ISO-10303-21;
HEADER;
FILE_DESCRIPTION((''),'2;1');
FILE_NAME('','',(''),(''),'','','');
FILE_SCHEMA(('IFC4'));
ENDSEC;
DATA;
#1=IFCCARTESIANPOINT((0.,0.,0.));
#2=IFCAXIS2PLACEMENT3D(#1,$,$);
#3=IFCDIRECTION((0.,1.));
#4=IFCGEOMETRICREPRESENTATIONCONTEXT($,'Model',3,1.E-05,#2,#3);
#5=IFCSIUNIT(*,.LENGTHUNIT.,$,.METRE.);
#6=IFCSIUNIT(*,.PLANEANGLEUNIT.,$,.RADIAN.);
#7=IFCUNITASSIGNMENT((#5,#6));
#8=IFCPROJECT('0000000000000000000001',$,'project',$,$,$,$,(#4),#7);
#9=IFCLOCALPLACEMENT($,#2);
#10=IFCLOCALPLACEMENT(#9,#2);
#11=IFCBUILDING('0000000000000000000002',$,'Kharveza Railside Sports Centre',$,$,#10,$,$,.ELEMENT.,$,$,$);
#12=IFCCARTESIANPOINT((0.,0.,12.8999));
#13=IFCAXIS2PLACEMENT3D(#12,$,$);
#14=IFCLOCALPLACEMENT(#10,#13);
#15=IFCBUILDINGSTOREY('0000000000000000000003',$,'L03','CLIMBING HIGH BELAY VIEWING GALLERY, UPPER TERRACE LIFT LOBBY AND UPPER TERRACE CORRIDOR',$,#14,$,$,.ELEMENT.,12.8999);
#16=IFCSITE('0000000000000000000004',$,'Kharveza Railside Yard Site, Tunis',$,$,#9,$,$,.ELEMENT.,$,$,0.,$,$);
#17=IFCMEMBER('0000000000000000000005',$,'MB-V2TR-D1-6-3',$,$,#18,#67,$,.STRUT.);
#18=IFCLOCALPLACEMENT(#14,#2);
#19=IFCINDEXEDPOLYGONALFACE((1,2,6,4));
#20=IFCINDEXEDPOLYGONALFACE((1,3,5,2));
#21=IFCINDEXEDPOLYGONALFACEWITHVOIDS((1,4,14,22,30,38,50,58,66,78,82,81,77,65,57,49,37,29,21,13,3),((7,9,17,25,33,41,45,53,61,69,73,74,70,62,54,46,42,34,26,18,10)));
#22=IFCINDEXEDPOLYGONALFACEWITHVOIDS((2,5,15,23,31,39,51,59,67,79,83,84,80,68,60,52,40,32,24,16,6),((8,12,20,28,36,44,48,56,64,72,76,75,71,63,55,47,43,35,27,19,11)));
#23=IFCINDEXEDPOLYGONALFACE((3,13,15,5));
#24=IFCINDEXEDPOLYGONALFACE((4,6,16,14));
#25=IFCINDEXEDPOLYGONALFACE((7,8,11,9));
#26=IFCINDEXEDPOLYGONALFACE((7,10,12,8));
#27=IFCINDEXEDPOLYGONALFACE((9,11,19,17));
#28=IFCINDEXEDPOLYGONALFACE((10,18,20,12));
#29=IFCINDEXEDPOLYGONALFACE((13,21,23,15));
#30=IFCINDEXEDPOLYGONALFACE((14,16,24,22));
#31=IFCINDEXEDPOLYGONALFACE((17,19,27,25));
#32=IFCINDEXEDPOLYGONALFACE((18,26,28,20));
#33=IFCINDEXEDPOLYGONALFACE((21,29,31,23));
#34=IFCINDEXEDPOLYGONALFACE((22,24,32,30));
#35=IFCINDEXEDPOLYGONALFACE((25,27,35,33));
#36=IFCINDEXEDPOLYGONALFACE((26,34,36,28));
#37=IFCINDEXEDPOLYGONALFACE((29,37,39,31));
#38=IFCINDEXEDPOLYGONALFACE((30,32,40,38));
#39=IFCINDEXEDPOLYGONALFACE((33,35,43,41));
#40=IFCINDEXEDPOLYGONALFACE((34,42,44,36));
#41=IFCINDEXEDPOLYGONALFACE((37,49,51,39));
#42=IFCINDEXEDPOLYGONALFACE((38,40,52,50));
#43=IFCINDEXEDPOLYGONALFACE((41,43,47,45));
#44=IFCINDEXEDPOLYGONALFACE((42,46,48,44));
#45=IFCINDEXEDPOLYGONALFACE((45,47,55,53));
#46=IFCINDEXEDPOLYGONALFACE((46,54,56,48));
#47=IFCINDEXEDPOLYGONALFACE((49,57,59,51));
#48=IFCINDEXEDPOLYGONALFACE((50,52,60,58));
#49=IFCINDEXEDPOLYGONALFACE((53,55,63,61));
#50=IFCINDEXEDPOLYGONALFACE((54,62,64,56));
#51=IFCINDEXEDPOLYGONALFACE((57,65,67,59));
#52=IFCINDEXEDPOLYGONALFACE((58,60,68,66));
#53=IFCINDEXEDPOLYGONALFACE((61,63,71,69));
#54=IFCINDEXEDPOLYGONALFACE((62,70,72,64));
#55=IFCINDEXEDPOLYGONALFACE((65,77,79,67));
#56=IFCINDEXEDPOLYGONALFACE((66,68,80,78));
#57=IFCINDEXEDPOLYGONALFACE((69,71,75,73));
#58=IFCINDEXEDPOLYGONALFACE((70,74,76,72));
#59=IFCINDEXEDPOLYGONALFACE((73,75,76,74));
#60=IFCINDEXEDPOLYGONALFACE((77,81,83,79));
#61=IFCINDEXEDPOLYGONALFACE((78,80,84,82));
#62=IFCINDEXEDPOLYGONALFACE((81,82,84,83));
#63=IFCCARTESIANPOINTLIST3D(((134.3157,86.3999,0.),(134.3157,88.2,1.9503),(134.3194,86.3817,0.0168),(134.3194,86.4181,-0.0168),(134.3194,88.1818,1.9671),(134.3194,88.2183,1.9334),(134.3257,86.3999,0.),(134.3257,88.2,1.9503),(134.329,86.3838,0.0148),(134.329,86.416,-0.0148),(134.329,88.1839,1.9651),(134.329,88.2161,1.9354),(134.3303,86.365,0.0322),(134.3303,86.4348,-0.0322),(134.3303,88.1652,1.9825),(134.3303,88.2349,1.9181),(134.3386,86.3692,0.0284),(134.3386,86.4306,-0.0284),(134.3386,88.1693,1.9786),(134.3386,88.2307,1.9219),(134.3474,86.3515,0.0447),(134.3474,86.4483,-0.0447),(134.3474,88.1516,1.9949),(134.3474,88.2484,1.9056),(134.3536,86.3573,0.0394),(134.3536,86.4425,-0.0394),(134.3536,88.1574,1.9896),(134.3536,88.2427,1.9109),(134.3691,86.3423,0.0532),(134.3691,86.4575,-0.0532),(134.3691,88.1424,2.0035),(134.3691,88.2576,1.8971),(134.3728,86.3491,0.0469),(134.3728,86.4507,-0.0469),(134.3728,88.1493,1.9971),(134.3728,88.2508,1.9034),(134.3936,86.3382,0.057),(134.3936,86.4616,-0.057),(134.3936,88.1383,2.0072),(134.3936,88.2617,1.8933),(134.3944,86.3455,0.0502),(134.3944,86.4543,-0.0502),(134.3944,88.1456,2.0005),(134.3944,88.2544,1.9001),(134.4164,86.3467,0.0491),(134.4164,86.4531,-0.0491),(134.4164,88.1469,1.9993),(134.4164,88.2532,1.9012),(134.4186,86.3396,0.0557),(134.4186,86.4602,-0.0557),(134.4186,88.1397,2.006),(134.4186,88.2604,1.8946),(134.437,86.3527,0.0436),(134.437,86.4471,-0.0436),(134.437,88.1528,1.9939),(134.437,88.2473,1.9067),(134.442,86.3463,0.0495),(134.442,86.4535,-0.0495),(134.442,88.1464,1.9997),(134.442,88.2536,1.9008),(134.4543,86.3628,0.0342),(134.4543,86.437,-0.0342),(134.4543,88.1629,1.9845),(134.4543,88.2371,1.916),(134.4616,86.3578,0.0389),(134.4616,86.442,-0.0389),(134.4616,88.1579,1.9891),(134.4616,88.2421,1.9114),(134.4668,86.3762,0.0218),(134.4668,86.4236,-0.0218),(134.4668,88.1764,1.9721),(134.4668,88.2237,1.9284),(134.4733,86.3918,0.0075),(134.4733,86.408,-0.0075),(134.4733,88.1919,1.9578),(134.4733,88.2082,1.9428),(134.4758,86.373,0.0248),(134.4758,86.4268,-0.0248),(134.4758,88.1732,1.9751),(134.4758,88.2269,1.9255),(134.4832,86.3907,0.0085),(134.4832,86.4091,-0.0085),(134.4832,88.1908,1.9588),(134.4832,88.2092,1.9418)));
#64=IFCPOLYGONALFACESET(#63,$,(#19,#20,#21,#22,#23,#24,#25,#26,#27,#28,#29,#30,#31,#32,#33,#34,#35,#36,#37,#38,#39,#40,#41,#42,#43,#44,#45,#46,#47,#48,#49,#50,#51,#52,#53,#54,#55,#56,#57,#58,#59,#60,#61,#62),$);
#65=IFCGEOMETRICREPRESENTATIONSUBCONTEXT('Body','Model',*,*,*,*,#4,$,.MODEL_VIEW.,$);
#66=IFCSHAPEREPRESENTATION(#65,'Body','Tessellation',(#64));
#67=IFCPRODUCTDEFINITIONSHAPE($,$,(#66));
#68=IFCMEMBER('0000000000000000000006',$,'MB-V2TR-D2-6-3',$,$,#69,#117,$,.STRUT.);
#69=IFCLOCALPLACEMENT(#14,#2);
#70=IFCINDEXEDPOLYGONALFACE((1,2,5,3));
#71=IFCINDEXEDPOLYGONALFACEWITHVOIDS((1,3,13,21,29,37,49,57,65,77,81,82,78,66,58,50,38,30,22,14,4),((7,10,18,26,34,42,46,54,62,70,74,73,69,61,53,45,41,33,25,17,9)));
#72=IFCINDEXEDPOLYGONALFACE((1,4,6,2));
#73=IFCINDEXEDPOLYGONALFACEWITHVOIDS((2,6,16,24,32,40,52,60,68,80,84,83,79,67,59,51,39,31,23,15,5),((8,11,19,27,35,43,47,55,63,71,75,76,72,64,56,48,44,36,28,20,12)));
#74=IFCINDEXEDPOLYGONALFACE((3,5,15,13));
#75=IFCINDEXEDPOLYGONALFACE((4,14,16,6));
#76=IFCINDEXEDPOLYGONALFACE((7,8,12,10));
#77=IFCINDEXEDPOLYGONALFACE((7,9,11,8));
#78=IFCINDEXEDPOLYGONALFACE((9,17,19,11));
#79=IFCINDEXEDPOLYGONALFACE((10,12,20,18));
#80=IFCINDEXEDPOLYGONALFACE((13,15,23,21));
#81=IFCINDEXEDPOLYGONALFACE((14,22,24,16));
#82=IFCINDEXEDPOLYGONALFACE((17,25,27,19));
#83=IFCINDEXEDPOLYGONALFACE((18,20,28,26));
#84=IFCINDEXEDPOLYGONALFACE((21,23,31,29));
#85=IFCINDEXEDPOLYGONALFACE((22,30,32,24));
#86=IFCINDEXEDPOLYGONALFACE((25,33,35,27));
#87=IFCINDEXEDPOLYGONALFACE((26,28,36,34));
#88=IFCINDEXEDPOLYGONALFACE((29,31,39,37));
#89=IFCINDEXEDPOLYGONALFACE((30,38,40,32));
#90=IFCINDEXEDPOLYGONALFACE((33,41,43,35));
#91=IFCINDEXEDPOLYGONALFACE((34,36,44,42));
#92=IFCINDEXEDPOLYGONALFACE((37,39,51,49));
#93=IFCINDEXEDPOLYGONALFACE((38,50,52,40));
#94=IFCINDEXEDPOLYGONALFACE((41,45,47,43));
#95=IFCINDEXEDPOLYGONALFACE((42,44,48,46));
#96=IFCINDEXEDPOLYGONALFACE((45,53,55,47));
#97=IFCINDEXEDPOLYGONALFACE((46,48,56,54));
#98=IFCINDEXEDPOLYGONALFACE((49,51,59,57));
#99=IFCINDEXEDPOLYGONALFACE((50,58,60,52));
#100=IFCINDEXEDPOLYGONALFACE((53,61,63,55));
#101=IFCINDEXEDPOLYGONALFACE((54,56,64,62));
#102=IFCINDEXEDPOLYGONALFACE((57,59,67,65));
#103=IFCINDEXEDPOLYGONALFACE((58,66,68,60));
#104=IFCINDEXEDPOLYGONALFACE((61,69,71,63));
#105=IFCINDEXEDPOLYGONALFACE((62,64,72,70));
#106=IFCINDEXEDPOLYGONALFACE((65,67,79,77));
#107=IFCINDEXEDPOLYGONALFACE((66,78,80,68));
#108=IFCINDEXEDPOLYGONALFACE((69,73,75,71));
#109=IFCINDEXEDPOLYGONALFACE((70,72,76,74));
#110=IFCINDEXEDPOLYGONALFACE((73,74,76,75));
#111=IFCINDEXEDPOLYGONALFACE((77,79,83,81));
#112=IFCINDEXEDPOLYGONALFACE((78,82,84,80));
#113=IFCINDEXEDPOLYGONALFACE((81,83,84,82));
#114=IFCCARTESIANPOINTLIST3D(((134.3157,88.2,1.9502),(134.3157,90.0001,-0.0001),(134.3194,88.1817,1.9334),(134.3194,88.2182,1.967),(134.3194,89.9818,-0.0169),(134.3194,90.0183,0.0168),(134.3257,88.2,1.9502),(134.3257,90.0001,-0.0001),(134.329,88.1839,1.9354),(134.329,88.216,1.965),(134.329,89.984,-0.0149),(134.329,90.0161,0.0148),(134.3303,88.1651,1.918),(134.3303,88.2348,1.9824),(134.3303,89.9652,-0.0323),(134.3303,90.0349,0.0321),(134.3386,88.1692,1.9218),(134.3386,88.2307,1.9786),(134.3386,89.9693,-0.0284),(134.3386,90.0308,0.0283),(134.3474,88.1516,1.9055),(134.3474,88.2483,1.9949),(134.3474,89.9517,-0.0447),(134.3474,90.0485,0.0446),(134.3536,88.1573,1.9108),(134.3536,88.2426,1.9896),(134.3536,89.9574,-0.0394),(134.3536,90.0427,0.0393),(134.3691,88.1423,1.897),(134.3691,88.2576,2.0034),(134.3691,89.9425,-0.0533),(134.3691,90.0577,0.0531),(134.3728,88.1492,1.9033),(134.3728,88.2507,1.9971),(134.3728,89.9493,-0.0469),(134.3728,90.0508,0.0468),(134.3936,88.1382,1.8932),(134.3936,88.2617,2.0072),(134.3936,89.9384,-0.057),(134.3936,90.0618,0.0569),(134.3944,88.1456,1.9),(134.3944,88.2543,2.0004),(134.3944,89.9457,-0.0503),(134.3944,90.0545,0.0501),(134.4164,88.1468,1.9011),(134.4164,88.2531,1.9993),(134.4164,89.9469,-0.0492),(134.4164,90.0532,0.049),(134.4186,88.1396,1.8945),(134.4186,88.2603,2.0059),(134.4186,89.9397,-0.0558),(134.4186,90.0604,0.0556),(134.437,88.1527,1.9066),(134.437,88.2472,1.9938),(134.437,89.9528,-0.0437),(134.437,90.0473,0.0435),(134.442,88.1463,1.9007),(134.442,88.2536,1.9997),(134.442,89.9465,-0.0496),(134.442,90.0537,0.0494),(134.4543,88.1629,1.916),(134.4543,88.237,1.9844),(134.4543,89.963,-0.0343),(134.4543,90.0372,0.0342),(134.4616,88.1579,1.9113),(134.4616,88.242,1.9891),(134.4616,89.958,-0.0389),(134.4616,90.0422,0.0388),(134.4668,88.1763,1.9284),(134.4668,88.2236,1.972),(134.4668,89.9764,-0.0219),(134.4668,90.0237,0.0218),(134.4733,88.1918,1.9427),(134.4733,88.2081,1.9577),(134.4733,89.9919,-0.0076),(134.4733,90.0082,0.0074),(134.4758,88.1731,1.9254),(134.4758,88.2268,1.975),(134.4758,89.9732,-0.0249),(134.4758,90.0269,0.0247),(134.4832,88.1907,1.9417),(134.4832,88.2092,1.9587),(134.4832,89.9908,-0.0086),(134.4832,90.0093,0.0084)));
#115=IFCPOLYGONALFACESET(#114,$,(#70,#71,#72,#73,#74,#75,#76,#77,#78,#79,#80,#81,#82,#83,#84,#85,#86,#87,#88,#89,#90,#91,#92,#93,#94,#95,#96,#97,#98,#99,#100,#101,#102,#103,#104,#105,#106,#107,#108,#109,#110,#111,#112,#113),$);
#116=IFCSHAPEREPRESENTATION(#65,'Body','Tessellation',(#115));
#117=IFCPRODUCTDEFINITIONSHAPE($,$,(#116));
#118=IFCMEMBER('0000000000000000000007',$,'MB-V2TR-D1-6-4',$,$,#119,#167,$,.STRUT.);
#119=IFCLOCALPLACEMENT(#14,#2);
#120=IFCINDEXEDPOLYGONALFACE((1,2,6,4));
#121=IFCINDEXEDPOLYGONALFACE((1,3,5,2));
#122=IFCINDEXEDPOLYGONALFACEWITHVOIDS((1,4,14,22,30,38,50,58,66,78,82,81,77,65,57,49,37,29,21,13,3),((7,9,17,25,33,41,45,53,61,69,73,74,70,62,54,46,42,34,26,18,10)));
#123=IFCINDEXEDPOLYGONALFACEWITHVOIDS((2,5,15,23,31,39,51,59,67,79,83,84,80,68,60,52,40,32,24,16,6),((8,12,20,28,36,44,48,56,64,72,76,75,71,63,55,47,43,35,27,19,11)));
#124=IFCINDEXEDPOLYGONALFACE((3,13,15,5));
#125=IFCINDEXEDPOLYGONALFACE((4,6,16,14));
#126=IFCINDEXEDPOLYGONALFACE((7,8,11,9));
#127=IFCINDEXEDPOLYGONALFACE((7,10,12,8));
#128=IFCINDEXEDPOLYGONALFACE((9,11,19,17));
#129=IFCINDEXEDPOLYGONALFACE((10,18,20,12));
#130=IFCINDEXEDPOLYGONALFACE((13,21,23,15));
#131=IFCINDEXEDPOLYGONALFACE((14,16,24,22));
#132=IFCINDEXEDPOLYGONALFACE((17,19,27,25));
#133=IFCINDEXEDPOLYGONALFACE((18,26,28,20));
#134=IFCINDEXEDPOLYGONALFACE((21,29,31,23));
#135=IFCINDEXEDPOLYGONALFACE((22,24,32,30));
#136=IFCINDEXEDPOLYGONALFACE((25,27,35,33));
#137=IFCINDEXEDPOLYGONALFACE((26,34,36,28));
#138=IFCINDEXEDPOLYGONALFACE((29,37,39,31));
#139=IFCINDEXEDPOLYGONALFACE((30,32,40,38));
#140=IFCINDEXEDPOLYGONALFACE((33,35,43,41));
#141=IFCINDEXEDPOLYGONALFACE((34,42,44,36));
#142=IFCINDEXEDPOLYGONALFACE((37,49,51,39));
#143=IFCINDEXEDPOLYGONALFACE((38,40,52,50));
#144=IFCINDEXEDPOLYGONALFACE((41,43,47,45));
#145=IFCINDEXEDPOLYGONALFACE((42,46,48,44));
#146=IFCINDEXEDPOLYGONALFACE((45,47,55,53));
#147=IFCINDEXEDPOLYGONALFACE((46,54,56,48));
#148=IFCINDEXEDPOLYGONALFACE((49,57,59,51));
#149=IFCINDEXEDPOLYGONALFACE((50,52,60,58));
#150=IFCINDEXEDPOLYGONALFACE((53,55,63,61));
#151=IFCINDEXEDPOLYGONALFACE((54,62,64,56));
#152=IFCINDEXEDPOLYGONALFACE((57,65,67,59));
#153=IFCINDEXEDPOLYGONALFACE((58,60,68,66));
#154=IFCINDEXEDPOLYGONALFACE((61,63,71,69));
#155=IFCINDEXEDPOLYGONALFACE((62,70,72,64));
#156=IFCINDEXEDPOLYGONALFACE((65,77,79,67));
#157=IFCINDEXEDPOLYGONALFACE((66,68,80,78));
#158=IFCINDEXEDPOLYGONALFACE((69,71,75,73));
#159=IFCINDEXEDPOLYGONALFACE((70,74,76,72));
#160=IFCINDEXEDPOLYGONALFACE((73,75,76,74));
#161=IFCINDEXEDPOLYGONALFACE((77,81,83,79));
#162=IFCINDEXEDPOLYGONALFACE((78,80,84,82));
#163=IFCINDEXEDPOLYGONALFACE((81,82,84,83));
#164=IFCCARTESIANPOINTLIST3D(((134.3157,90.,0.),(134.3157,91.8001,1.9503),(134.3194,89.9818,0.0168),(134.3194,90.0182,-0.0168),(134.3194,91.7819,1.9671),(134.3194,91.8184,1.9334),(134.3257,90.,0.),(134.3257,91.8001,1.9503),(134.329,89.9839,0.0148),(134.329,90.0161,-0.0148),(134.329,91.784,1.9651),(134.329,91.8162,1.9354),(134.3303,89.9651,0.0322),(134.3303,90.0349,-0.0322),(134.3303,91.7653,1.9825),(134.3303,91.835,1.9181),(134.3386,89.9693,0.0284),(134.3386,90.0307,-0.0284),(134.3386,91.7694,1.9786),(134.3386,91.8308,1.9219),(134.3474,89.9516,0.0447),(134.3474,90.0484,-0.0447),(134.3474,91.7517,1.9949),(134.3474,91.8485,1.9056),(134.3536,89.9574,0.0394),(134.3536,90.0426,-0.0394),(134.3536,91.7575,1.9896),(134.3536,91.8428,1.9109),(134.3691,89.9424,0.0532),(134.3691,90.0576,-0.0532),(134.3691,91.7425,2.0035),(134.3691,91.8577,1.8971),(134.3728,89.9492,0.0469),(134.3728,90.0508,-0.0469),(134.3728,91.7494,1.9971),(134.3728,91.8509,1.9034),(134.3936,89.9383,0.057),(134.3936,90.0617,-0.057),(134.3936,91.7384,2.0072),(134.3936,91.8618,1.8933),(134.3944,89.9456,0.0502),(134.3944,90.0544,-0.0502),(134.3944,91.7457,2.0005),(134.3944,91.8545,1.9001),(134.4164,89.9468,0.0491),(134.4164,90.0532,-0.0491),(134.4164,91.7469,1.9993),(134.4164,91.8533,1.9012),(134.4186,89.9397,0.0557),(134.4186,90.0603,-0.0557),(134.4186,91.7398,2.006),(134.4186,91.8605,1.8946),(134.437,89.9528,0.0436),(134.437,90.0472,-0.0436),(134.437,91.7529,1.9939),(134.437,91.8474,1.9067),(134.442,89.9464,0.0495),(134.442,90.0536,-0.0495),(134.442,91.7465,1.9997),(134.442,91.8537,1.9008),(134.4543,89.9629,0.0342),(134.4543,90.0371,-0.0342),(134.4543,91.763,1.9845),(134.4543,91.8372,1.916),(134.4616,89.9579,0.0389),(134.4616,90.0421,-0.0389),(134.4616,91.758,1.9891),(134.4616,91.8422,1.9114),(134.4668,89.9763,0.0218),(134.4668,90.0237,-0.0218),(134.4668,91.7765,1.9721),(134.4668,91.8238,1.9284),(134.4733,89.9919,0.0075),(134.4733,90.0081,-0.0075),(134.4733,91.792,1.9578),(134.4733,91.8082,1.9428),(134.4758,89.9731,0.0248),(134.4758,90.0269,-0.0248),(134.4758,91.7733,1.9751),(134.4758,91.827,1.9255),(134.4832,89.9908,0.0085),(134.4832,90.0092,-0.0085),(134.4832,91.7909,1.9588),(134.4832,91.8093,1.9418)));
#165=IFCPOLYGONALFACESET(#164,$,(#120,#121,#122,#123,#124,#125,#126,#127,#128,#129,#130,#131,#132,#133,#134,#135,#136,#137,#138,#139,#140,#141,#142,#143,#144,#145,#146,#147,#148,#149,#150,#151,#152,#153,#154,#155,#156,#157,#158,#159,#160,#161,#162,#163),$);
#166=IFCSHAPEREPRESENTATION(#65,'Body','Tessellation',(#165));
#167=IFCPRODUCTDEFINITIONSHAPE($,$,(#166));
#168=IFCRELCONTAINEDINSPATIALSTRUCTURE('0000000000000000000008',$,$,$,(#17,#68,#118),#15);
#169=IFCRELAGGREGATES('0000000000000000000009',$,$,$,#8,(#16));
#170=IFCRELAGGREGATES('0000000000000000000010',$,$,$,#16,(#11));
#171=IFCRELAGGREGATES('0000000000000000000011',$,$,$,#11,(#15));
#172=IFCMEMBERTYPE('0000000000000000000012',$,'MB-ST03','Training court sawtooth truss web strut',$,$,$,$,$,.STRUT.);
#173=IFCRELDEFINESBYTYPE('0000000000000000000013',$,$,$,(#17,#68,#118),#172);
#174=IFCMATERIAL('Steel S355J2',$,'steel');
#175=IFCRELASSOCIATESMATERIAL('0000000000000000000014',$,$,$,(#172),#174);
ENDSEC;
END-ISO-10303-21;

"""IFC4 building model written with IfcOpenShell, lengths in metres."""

from ifc_helpers import new_model, si_unit, direction, frame, origin, origin_2d, place, context, subcontext, project, spatial, hollow_circle, extrude, material, material_profile, profile_set, type_object, element, save


model = new_model("IFC4")

# Units and contexts
model_context = context("Model", 3, precision=1e-05, world=origin(), true_north=direction((0.0, 1.0)))
body_context = subcontext(model_context, "Body", "Model", "MODEL_VIEW")
ifc_project = project(units=[si_unit("LENGTHUNIT", "METRE"), si_unit("PLANEANGLEUNIT", "RADIAN")], contexts=[model_context])

# Site, building, storey
site_placement = place(None, origin())
site = spatial("IfcSite", under=ifc_project, at=site_placement, Name="Kharveza Railside Yard Site, Tunis", CompositionType="ELEMENT", RefElevation=0.0)
building_placement = place(site_placement, origin())
building = spatial("IfcBuilding", under=site, at=building_placement, Name="Kharveza Railside Sports Centre", CompositionType="ELEMENT")
storey_placement = place(building_placement, frame((0.0, 0.0, 12.8999)))
storey = spatial("IfcBuildingStorey", under=building, at=storey_placement, Name="L03", Description="CLIMBING HIGH BELAY VIEWING GALLERY, UPPER TERRACE LIFT LOBBY AND UPPER TERRACE CORRIDOR", CompositionType="ELEMENT", Elevation=12.8999)

# Shared definitions
ifc_material_1 = material(Name="Steel S355J2", Category="steel")

# Members
ifc_material_profile_1 = material_profile(ifc_material_1, hollow_circle(Radius=0.0842, WallThickness=0.01, at=origin_2d()), Name="CHS 168.3x10.0")
ifc_profile_set_1 = profile_set([ifc_material_profile_1], Name="Steel S355J2")
member_type_1 = type_object("IfcMemberType", Name="MB-ST03", Description="Training court sawtooth truss web strut", PredefinedType="STRUT", material=ifc_profile_set_1)
for number, where, z_axis, x_axis, name in (
    (1, (134.3999, 86.3999, 0.0), (0.0, 0.678253, 0.734828), (-1.0, 0.0, 0.0), "MB-V2TR-D1-6-3"),
    (2, (134.3999, 88.2, 1.9502), (0.0, 0.678253, -0.734828), (-1.0, 0.0, 0.0), "MB-V2TR-D2-6-3"),
    (3, (134.3999, 90.0, 0.0), (0.0, 0.678253, 0.734828), (-1.0, 0.0, 0.0), "MB-V2TR-D1-6-4"),
):
    element("IfcMember", number, at=place(storey_placement, frame(where, z_axis=z_axis, x_axis=x_axis)), inside=storey, type_object=member_type_1, Name=name, PredefinedType="STRUT", context=body_context, shape_type="SweptSolid", body=[
        extrude(hollow_circle(Radius=0.0842, WallThickness=0.01, at=origin_2d()), origin(), (0.0, 0.0, 1.0), 2.6541),
    ])

save(model, "model.ifc")
